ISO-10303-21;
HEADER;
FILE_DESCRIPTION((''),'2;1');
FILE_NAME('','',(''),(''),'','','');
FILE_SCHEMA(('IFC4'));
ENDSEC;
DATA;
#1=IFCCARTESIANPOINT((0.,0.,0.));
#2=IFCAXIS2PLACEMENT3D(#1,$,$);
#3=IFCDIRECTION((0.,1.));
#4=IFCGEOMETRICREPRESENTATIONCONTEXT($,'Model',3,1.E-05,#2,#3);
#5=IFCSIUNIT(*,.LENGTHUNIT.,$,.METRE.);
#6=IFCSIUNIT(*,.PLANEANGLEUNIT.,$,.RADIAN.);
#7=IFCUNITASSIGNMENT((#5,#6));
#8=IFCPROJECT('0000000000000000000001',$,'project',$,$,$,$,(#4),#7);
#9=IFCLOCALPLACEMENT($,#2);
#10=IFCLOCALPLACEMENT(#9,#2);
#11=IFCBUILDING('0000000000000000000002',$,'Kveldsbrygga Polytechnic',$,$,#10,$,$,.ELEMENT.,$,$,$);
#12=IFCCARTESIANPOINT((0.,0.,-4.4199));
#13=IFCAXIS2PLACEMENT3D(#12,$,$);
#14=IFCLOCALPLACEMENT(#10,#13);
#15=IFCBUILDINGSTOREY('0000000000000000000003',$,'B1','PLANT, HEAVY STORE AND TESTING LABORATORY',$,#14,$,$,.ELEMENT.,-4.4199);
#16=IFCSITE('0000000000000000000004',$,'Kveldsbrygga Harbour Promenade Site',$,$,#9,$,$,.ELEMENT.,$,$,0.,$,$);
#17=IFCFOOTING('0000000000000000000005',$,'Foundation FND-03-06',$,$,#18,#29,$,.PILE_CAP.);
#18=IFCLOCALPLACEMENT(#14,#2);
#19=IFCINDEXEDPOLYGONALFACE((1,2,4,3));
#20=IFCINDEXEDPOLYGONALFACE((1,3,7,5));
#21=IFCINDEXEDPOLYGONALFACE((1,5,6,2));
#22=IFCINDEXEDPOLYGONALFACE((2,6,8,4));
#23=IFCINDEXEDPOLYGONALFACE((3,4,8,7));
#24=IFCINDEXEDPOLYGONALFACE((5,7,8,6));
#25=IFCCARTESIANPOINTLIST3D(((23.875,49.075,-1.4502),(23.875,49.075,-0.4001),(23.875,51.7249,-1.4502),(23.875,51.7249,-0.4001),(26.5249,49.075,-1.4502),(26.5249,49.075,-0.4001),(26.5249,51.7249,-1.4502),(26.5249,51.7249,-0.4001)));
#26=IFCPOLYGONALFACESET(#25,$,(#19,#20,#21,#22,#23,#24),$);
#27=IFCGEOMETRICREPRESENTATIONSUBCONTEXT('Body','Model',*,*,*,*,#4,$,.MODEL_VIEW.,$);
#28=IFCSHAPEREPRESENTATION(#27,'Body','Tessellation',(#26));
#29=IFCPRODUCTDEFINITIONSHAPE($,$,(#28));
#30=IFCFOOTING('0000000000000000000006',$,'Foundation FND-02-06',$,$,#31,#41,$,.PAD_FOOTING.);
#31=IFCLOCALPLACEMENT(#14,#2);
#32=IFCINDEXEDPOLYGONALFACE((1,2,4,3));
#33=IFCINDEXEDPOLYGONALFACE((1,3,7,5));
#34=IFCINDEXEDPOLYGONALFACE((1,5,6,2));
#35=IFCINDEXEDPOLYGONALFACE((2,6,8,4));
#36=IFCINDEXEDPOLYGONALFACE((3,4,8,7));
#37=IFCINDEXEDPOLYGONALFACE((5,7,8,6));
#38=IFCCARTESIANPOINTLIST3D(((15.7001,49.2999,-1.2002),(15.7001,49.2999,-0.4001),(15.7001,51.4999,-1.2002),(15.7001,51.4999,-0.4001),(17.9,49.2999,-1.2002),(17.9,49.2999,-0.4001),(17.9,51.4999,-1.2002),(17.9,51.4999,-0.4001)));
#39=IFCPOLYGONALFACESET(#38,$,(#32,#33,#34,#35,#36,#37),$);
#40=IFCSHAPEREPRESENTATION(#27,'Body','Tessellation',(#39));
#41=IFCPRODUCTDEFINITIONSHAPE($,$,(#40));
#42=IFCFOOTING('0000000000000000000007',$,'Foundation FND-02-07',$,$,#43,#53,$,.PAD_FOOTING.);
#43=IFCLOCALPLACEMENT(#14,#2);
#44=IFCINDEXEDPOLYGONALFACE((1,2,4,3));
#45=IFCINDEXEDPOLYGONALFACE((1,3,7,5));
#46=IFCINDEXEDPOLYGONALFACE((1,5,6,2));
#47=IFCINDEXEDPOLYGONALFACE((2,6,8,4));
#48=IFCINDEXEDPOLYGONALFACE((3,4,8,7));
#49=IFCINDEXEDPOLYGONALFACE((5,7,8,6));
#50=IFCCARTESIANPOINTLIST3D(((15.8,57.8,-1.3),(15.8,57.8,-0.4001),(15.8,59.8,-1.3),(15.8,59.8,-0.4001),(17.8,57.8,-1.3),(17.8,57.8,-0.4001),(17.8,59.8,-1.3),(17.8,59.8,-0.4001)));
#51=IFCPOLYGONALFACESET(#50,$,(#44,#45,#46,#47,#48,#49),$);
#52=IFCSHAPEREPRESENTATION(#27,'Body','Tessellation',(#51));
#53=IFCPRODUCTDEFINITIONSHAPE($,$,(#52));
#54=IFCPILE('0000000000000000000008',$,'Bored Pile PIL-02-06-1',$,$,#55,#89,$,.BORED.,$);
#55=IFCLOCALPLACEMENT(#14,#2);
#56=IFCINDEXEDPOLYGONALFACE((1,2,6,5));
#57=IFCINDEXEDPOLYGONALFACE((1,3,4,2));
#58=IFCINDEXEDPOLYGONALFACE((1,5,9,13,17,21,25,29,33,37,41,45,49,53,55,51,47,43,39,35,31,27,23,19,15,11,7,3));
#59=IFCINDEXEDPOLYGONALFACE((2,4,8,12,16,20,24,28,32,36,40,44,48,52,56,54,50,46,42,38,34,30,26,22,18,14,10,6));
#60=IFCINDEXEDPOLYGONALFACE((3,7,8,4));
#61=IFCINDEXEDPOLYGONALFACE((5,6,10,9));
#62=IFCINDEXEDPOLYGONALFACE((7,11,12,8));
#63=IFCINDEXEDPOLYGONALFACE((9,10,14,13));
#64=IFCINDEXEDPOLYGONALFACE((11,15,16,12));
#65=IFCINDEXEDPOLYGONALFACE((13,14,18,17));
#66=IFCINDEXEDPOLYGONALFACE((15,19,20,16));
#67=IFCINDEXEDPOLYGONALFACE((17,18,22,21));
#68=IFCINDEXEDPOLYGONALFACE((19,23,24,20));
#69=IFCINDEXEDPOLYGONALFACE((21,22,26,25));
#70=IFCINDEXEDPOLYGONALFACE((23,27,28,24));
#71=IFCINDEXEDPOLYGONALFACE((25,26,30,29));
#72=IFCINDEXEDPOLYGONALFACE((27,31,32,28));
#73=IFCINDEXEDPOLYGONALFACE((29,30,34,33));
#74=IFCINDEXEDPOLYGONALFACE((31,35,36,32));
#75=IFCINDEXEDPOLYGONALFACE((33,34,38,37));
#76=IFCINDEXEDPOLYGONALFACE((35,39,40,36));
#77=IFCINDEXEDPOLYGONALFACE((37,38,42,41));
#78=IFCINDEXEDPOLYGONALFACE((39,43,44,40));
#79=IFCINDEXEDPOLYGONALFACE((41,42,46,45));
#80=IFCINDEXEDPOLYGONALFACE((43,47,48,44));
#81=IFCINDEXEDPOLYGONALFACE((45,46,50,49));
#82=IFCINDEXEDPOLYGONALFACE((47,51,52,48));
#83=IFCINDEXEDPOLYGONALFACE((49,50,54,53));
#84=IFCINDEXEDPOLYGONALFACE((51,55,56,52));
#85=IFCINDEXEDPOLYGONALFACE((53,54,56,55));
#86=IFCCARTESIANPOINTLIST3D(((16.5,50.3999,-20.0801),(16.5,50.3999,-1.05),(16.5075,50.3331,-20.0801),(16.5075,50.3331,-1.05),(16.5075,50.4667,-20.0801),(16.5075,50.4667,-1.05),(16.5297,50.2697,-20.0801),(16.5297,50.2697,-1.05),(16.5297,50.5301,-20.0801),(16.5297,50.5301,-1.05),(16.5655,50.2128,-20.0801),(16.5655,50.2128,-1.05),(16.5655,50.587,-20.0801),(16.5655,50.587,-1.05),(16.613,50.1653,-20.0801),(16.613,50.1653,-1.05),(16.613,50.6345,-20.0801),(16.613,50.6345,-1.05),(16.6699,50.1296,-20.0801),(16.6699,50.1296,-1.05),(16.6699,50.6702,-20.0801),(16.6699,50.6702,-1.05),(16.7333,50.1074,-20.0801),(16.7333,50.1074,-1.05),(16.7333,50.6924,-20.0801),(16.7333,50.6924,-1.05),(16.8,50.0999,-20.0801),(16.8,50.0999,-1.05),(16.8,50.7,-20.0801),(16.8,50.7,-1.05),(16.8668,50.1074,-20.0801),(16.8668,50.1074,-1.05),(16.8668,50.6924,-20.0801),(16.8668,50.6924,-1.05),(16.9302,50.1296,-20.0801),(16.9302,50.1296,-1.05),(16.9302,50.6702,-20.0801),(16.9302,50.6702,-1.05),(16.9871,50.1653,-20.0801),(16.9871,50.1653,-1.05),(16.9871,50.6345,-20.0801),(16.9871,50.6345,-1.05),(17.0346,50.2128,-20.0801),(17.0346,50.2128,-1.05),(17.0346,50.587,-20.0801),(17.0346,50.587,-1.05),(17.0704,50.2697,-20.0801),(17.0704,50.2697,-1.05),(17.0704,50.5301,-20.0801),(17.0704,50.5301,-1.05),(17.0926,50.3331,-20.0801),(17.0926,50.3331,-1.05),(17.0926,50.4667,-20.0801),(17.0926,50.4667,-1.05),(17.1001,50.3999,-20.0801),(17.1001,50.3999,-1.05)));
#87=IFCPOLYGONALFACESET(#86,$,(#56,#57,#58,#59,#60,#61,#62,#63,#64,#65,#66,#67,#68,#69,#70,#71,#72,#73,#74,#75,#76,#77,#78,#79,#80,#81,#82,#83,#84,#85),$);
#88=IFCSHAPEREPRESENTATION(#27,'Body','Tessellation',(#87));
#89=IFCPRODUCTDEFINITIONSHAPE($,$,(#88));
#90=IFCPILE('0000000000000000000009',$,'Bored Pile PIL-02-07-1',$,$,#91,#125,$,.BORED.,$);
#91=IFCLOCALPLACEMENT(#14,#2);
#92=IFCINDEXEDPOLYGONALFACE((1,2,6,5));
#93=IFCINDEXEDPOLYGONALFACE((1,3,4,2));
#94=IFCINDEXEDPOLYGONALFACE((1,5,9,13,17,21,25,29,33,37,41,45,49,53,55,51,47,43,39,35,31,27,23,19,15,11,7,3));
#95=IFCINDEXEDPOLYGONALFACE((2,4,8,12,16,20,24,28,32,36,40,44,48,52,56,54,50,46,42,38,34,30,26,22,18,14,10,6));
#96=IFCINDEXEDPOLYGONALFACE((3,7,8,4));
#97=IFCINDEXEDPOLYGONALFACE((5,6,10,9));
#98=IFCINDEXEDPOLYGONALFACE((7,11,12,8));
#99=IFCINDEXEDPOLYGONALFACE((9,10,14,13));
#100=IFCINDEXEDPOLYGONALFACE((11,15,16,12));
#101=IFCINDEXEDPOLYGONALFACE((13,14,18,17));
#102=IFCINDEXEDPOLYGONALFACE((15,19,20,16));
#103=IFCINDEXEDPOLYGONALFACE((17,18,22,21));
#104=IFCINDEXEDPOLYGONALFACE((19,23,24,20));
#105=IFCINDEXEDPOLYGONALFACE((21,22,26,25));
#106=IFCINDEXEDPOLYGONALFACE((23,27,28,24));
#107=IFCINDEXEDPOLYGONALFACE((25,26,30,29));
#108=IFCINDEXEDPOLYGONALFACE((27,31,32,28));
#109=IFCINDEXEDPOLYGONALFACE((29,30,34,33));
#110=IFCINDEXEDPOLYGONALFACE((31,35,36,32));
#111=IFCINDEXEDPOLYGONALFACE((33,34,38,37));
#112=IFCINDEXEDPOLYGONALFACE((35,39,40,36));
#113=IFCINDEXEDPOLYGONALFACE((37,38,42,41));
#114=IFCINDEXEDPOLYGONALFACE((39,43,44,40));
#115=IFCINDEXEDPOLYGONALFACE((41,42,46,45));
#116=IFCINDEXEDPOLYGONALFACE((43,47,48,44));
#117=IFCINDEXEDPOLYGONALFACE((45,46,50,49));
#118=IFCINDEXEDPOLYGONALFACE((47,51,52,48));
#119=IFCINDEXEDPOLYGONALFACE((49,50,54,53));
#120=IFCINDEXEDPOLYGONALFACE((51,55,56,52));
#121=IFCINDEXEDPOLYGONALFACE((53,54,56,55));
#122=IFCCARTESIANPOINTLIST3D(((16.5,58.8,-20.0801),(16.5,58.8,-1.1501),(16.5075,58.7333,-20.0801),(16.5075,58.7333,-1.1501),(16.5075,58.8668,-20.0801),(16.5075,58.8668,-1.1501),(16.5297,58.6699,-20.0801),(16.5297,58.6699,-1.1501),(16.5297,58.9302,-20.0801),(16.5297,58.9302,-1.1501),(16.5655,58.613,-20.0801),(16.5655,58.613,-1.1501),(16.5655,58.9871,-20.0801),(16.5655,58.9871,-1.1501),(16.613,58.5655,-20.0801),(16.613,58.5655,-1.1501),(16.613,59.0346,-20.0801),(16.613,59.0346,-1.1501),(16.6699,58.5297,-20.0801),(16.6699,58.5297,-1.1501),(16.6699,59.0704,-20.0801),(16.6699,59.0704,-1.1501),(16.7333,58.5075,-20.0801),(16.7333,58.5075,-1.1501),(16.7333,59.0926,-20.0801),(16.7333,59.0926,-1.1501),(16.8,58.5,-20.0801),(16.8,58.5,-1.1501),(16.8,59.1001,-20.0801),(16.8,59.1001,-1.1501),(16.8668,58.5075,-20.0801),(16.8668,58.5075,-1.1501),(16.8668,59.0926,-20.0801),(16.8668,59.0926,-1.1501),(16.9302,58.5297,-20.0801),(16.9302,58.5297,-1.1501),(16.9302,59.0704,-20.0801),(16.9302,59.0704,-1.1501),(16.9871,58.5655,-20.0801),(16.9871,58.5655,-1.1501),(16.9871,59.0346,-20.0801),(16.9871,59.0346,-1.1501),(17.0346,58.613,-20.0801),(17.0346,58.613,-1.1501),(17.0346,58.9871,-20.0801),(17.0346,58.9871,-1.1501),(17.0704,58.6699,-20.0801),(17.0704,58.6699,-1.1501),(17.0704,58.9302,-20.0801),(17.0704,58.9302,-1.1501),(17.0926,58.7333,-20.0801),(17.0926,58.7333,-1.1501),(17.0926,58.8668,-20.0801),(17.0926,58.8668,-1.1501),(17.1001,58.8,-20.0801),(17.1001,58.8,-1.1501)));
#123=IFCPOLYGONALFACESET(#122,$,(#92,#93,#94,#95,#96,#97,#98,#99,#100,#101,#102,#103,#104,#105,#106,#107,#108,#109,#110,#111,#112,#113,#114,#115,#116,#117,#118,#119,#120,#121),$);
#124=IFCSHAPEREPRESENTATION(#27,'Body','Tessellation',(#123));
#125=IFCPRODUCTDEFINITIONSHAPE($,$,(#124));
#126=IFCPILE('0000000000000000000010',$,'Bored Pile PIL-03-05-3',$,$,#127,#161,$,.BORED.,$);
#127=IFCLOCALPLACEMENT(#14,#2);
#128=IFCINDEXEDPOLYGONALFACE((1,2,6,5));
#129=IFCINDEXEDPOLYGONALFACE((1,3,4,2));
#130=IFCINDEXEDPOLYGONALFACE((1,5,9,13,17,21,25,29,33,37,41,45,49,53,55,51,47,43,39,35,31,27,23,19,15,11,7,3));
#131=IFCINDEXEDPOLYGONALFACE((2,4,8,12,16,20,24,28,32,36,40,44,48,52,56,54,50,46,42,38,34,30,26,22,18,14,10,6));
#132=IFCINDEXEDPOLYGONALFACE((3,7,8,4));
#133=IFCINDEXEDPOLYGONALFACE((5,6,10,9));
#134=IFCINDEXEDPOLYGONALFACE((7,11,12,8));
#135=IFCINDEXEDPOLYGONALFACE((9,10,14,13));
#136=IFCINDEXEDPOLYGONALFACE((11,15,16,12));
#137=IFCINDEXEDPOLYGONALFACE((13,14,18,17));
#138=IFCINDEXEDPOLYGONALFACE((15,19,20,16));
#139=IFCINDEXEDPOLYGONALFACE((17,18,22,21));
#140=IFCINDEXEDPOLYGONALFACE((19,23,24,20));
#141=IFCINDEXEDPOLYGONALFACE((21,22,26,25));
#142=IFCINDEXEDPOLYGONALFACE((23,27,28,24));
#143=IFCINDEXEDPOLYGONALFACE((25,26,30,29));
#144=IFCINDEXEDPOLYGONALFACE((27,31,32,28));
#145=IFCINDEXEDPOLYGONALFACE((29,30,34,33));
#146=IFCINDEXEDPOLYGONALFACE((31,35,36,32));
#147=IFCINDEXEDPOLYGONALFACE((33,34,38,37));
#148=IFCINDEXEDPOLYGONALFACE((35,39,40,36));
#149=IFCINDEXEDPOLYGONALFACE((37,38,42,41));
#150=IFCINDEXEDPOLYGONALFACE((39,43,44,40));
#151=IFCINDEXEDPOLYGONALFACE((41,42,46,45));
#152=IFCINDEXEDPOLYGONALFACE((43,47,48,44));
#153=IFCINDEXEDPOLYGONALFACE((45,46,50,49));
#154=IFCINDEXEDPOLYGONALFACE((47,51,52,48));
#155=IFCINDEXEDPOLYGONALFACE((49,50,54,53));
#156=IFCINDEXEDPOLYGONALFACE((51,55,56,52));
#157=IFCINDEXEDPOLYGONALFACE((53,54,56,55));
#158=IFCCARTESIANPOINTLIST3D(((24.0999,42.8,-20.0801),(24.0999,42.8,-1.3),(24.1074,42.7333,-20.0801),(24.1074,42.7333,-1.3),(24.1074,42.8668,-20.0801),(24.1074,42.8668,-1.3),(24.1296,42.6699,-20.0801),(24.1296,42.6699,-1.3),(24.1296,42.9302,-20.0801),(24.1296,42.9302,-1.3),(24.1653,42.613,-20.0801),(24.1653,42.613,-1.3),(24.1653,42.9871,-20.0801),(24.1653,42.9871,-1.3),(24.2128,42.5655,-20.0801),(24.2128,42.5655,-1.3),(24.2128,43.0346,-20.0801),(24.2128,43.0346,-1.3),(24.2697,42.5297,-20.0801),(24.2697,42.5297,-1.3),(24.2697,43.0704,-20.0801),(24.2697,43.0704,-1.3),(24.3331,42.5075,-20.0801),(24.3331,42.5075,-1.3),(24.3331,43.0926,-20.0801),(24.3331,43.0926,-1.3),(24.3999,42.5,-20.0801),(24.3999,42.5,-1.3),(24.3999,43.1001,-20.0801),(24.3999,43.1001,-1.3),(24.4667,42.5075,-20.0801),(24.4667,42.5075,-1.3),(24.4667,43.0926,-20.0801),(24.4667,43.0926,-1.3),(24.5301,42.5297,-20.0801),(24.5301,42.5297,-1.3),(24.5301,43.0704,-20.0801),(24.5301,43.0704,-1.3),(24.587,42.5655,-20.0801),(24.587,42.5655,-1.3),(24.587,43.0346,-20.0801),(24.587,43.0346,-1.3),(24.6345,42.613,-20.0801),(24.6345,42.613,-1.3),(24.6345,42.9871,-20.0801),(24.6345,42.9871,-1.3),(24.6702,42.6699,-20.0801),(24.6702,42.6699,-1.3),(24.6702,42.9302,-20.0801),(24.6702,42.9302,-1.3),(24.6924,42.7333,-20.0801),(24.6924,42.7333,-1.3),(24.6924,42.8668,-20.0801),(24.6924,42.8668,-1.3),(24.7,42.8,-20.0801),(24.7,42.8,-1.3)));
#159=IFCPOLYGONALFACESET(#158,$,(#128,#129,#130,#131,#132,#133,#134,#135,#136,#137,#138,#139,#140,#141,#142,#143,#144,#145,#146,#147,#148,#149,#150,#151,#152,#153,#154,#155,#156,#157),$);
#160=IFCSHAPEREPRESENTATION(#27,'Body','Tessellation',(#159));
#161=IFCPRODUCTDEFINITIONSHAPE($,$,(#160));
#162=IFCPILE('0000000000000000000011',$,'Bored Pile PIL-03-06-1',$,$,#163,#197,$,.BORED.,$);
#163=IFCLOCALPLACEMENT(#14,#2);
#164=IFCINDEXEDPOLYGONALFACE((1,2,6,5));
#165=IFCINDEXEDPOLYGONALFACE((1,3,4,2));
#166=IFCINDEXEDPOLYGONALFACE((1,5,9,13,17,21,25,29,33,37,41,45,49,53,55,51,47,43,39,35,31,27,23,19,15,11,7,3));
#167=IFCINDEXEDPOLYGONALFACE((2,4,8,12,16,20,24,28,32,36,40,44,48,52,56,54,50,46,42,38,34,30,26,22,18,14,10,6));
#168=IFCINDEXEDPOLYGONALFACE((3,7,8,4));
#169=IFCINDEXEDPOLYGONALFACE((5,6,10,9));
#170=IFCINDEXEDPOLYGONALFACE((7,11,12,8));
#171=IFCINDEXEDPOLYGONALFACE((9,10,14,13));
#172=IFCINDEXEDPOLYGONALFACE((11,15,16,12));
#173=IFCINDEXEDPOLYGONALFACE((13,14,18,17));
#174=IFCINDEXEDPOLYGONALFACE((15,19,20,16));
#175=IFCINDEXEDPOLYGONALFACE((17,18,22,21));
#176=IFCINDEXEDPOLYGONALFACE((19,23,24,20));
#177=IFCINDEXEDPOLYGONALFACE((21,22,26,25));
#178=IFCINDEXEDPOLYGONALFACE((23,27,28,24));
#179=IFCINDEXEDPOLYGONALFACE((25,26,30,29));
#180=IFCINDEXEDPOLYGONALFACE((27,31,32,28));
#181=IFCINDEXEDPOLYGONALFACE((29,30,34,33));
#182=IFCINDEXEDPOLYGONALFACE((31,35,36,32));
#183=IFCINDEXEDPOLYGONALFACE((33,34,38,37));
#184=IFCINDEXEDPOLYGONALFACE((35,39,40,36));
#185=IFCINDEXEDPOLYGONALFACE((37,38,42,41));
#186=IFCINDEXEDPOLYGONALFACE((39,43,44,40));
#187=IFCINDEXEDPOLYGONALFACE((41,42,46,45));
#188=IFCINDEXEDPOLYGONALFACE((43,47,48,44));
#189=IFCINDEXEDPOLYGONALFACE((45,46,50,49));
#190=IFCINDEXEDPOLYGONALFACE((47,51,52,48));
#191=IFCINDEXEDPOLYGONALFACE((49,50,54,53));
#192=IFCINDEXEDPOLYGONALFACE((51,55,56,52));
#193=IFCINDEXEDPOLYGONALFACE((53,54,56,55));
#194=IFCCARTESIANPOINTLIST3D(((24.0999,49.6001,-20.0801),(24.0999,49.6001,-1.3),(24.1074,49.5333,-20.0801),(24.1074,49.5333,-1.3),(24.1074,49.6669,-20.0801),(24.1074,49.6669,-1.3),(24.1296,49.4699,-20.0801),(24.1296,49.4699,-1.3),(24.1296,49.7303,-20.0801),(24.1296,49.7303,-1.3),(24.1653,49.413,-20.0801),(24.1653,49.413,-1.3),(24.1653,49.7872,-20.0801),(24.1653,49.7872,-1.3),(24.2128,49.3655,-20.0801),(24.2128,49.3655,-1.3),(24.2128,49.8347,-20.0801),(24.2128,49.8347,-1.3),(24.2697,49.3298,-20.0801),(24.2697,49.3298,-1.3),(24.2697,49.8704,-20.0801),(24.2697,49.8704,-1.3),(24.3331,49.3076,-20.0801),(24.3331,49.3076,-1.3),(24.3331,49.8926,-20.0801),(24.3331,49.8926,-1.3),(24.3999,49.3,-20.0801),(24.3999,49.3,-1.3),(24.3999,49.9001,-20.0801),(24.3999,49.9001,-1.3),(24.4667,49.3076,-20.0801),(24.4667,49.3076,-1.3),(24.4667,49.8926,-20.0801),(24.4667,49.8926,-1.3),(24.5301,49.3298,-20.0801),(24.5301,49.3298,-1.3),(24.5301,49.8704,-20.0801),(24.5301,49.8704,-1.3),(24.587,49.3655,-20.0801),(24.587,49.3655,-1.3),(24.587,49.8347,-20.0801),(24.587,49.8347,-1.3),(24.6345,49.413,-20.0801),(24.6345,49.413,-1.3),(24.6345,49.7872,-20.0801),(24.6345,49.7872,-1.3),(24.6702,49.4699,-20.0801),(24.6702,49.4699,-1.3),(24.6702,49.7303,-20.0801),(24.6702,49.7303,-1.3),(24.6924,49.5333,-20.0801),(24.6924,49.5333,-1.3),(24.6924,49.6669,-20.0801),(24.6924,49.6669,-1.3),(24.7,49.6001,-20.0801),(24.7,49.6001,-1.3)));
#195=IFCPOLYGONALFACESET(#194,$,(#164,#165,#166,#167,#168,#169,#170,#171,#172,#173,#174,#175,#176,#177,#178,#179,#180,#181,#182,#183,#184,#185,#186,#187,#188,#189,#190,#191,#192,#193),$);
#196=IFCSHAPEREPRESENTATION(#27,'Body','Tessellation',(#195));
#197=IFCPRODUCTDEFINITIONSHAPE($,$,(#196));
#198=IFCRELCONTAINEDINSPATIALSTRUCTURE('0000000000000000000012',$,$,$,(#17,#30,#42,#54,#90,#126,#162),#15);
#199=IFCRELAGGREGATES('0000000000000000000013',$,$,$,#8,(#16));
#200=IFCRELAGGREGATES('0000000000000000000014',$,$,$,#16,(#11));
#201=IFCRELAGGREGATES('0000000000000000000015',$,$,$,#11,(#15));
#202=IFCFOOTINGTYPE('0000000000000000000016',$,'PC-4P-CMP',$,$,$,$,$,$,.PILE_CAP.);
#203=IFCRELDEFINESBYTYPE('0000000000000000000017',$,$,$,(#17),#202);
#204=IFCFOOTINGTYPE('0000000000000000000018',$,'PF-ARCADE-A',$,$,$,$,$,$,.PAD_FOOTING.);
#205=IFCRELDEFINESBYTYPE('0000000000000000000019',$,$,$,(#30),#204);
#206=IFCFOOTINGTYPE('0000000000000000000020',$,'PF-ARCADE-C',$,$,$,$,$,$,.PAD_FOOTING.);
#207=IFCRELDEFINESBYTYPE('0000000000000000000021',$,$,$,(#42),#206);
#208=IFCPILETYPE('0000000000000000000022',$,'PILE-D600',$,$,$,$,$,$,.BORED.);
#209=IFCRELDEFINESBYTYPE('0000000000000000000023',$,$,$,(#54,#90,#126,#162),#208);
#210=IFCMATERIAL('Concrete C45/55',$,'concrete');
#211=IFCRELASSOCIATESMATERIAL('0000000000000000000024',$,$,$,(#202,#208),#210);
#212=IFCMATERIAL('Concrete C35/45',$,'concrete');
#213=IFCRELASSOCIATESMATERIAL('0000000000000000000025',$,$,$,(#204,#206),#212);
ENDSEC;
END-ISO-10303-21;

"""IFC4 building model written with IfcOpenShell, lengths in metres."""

from ifc_helpers import new_model, si_unit, direction, frame, origin, origin_2d, place, context, subcontext, project, spatial, rectangle, circle, extrude, material, material_profile, profile_set, type_object, element, save


model = new_model("IFC4")

# Units and contexts
model_context = context("Model", 3, precision=1e-05, world=origin(), true_north=direction((0.0, 1.0)))
body_context = subcontext(model_context, "Body", "Model", "MODEL_VIEW")
ifc_project = project(units=[si_unit("LENGTHUNIT", "METRE"), si_unit("PLANEANGLEUNIT", "RADIAN")], contexts=[model_context])

# Site, building, storey
site_placement = place(None, origin())
site = spatial("IfcSite", under=ifc_project, at=site_placement, Name="Kveldsbrygga Harbour Promenade Site", CompositionType="ELEMENT", RefElevation=0.0)
building_placement = place(site_placement, origin())
building = spatial("IfcBuilding", under=site, at=building_placement, Name="Kveldsbrygga Polytechnic", CompositionType="ELEMENT")
storey_placement = place(building_placement, frame((0.0, 0.0, -4.4199)))
storey = spatial("IfcBuildingStorey", under=building, at=storey_placement, Name="B1", Description="PLANT, HEAVY STORE AND TESTING LABORATORY", CompositionType="ELEMENT", Elevation=-4.4199)

# Footings
ifc_material_1 = material(Name="Concrete C45/55", Category="concrete")
footing_type_1 = type_object("IfcFootingType", Name="PC-4P-CMP", PredefinedType="PILE_CAP", material=ifc_material_1)
footing_1_placement = place(storey_placement, frame((25.2, 50.3999, -1.4502), z_axis=(0.0, 0.0, 1.0), x_axis=(1.0, 0.0, 0.0)))
element("IfcFooting", 1, at=footing_1_placement, inside=storey, type_object=footing_type_1, Name="Foundation FND-03-06", PredefinedType="PILE_CAP", context=body_context, shape_type="SweptSolid", body=[
    extrude(rectangle(XDim=2.6499, YDim=2.6499, at=origin_2d()), origin(), (0.0, 0.0, 1.0), 1.05),
])
ifc_material_2 = material(Name="Concrete C35/45", Category="concrete")
footing_type_2 = type_object("IfcFootingType", Name="PF-ARCADE-A", PredefinedType="PAD_FOOTING", material=ifc_material_2)
footing_2_placement = place(storey_placement, frame((16.8, 50.3999, -1.2002), z_axis=(0.0, 0.0, 1.0), x_axis=(1.0, 0.0, 0.0)))
element("IfcFooting", 2, at=footing_2_placement, inside=storey, type_object=footing_type_2, Name="Foundation FND-02-06", PredefinedType="PAD_FOOTING", context=body_context, shape_type="SweptSolid", body=[
    extrude(rectangle(XDim=2.2, YDim=2.2, at=origin_2d()), origin(), (0.0, 0.0, 1.0), 0.8),
])
footing_type_3 = type_object("IfcFootingType", Name="PF-ARCADE-C", PredefinedType="PAD_FOOTING", material=ifc_material_2)
footing_3_placement = place(storey_placement, frame((16.8, 58.8, -1.3), z_axis=(0.0, 0.0, 1.0), x_axis=(1.0, 0.0, 0.0)))
element("IfcFooting", 3, at=footing_3_placement, inside=storey, type_object=footing_type_3, Name="Foundation FND-02-07", PredefinedType="PAD_FOOTING", context=body_context, shape_type="SweptSolid", body=[
    extrude(rectangle(XDim=2.0, YDim=2.0, at=origin_2d()), origin(), (0.0, 0.0, 1.0), 0.8999),
])

# Piles
ifc_material_profile_1 = material_profile(ifc_material_1, circle(Radius=0.3, at=origin_2d()), Name="PILE D600")
ifc_profile_set_1 = profile_set([ifc_material_profile_1], Name="Concrete C45/55")
pile_type = type_object("IfcPileType", Name="PILE-D600", PredefinedType="BORED", material=ifc_profile_set_1)
pile_1_placement = place(storey_placement, frame((16.8, 50.3999, -1.05), z_axis=(0.0, 0.0, -1.0), x_axis=(1.0, 0.0, 0.0)))
element("IfcPile", 4, at=pile_1_placement, inside=storey, type_object=pile_type, Name="Bored Pile PIL-02-06-1", PredefinedType="BORED", context=body_context, shape_type="SweptSolid", body=[
    extrude(circle(Radius=0.3, at=origin_2d()), origin(), (0.0, 0.0, 1.0), 19.03),
])
pile_2_placement = place(storey_placement, frame((16.8, 58.8, -1.1501), z_axis=(0.0, 0.0, -1.0), x_axis=(1.0, 0.0, 0.0)))
element("IfcPile", 5, at=pile_2_placement, inside=storey, type_object=pile_type, Name="Bored Pile PIL-02-07-1", PredefinedType="BORED", context=body_context, shape_type="SweptSolid", body=[
    extrude(circle(Radius=0.3, at=origin_2d()), origin(), (0.0, 0.0, 1.0), 18.9299),
])
for number, where, z_axis, x_axis, name in (
    (6, (24.3999, 42.8, -1.3), (0.0, 0.0, -1.0), (1.0, 0.0, 0.0), "Bored Pile PIL-03-05-3"),
    (7, (24.3999, 49.6001, -1.3), (0.0, 0.0, -1.0), (1.0, 0.0, 0.0), "Bored Pile PIL-03-06-1"),
):
    element("IfcPile", number, at=place(storey_placement, frame(where, z_axis=z_axis, x_axis=x_axis)), inside=storey, type_object=pile_type, Name=name, PredefinedType="BORED", context=body_context, shape_type="SweptSolid", body=[
        extrude(circle(Radius=0.3, at=origin_2d()), origin(), (0.0, 0.0, 1.0), 18.78),
    ])

save(model, "model.ifc")
